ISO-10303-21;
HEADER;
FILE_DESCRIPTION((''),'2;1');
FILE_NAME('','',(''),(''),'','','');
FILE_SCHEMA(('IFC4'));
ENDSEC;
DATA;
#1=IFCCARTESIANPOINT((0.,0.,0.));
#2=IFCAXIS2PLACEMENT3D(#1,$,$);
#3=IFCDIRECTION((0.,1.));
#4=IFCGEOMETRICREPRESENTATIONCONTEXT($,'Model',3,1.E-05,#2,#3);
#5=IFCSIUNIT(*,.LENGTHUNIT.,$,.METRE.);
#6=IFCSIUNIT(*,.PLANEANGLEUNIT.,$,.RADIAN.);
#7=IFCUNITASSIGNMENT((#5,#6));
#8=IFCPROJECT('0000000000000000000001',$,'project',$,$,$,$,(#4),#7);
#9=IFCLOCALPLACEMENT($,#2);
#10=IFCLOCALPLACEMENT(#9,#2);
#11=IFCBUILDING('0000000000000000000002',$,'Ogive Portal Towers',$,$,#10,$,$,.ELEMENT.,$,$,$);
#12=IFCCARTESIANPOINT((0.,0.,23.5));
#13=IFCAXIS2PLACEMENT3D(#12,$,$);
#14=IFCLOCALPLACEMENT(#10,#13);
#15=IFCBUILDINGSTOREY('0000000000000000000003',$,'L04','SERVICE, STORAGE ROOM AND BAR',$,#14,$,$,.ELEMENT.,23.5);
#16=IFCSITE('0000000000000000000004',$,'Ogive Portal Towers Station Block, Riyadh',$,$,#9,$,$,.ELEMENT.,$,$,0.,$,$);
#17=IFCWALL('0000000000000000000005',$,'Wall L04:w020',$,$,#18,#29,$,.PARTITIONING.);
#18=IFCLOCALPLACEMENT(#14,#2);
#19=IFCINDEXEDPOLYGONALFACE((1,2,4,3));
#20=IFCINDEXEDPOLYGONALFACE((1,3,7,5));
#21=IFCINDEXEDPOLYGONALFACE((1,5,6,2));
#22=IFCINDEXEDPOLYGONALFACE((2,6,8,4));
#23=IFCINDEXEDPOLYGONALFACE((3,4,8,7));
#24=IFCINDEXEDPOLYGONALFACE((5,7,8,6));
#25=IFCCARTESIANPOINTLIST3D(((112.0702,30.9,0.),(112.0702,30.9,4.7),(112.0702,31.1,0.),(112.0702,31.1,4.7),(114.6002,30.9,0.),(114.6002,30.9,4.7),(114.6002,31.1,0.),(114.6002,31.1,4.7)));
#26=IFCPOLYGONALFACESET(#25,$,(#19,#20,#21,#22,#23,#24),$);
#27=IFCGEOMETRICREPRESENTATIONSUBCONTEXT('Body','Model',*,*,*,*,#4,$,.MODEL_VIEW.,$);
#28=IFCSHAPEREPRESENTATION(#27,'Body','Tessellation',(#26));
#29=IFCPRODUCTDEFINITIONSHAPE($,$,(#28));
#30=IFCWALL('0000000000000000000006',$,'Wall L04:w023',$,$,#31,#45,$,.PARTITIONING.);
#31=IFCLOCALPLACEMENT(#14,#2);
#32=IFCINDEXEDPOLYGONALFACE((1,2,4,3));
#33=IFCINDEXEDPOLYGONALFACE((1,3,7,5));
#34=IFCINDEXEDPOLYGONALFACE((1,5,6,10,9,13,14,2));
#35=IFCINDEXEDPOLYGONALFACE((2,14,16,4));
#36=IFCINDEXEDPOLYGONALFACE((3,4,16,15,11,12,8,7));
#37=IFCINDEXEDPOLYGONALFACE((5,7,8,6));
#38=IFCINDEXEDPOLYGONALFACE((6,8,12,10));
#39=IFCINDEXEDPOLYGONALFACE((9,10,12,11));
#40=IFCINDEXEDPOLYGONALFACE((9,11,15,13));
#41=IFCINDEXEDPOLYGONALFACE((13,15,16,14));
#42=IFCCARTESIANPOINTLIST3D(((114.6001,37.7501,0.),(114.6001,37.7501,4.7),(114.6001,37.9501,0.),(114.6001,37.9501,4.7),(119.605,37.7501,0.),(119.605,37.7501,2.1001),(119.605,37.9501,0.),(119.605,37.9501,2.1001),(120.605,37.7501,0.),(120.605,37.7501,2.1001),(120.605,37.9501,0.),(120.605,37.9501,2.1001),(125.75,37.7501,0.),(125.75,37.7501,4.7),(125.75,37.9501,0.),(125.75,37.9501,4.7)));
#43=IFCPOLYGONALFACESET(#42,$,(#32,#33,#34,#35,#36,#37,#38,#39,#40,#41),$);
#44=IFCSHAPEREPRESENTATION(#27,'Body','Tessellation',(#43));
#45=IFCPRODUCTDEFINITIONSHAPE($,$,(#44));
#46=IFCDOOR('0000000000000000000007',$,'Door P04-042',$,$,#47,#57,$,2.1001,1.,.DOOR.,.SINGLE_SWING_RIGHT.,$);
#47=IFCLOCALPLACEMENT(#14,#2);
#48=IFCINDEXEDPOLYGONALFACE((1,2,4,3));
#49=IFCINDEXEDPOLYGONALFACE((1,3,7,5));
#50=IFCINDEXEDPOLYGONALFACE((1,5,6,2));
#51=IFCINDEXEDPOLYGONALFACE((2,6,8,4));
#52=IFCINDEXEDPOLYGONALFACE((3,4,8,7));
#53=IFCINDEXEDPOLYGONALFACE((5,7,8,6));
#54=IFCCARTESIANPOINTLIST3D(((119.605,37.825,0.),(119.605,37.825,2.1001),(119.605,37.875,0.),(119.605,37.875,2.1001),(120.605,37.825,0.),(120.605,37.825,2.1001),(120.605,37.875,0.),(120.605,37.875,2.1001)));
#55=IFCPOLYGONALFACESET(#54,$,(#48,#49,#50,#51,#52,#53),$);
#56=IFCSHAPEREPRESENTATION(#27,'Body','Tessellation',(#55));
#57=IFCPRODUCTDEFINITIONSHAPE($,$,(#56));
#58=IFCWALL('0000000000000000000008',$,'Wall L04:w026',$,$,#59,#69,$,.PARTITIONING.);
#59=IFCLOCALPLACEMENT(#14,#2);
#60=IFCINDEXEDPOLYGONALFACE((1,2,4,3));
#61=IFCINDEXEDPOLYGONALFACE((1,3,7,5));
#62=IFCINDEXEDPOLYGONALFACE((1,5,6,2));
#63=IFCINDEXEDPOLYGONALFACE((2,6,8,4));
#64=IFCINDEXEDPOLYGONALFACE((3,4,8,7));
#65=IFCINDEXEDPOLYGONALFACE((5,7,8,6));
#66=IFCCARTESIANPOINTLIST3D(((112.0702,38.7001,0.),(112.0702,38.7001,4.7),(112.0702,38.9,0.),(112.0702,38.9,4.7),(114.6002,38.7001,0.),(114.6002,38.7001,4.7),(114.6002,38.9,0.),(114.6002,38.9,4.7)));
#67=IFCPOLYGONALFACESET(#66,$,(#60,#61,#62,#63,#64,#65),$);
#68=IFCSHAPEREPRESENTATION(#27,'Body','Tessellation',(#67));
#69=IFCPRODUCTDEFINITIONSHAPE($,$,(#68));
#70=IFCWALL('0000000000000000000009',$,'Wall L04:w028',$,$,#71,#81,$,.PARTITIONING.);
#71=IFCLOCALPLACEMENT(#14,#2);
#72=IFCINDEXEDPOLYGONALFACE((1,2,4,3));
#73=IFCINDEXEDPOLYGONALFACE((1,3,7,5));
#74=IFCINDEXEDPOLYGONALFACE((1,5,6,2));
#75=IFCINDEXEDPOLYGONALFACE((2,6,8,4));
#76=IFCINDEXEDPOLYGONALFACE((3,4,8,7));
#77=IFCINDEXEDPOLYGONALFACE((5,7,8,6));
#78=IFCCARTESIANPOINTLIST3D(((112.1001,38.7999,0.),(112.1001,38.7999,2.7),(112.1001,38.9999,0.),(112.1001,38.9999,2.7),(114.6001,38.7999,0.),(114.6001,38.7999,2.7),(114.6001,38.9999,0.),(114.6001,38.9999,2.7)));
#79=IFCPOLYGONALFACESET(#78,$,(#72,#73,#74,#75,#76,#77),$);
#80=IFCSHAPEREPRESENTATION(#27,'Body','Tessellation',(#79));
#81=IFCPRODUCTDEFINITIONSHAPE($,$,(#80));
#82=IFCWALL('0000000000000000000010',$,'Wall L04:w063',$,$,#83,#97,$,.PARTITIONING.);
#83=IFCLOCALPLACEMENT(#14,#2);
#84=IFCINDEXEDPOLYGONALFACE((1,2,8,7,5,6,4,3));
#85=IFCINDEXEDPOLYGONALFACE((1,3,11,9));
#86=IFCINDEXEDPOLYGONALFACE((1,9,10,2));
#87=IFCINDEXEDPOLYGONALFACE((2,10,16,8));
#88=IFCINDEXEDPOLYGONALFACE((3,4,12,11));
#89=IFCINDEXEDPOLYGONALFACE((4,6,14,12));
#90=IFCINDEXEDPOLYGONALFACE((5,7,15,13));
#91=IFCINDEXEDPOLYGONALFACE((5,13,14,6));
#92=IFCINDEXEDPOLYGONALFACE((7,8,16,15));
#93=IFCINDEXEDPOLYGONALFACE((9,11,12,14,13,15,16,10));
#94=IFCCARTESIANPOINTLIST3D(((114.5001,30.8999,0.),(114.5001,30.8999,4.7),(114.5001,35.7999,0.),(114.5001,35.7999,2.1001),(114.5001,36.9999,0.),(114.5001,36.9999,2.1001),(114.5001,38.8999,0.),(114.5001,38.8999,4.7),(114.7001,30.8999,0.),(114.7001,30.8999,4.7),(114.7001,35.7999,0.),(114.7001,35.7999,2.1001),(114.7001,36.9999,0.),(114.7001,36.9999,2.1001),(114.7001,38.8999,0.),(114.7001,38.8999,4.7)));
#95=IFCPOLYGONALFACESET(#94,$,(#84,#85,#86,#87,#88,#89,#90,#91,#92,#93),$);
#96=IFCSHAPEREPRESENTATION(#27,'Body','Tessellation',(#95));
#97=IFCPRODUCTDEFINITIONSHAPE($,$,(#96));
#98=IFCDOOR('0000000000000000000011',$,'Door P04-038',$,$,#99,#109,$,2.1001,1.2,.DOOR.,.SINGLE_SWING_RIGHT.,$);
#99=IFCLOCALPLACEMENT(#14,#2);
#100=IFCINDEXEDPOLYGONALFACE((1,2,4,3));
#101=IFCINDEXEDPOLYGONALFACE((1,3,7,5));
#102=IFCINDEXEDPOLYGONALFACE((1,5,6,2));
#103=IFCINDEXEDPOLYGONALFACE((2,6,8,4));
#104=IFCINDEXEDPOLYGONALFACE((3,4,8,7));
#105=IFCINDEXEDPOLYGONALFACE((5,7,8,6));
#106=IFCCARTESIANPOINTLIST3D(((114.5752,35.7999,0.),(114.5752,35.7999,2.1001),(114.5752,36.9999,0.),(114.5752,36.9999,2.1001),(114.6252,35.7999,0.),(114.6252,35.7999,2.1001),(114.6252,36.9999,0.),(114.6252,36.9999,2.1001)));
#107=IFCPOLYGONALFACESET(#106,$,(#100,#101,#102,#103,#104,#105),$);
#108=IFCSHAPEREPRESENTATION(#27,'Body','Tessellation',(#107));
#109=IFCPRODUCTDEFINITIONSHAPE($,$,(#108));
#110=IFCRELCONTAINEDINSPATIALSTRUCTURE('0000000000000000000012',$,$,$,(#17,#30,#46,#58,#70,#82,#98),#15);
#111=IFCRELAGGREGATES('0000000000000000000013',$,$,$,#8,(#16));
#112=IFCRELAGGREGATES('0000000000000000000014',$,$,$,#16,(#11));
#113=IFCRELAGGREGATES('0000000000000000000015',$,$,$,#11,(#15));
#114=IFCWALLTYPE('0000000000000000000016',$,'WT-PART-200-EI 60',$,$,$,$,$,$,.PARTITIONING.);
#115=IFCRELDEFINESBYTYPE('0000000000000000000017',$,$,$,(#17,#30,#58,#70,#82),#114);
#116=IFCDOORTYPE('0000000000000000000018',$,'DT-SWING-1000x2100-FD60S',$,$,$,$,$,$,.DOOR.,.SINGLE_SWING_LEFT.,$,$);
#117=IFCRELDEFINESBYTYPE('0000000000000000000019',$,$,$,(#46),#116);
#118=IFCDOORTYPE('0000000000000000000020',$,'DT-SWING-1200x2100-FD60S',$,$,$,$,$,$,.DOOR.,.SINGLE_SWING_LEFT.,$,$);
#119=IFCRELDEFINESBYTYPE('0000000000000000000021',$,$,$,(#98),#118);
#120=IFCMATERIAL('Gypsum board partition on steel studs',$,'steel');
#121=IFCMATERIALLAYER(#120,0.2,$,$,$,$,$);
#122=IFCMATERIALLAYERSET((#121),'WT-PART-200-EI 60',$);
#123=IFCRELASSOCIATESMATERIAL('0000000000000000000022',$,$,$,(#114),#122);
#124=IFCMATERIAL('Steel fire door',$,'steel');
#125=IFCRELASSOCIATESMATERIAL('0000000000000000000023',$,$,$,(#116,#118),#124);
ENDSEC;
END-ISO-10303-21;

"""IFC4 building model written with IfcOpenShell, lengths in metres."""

from ifc_helpers import new_model, si_unit, direction, frame, frame_2d, origin, place, context, subcontext, project, spatial, rectangle, extrude, material, layer, layer_set, type_object, element, fill, save


model = new_model("IFC4")

# Units and contexts
model_context = context("Model", 3, precision=1e-05, world=origin(), true_north=direction((0.0, 1.0)))
body_context = subcontext(model_context, "Body", "Model", "MODEL_VIEW")
ifc_project = project(units=[si_unit("LENGTHUNIT", "METRE"), si_unit("PLANEANGLEUNIT", "RADIAN")], contexts=[model_context])

# Site, building, storey
site_placement = place(None, origin())
site = spatial("IfcSite", under=ifc_project, at=site_placement, Name="Ogive Portal Towers Station Block, Riyadh", CompositionType="ELEMENT", RefElevation=0.0)
building_placement = place(site_placement, origin())
building = spatial("IfcBuilding", under=site, at=building_placement, Name="Ogive Portal Towers", CompositionType="ELEMENT")
storey_placement = place(building_placement, frame((0.0, 0.0, 23.5)))
storey = spatial("IfcBuildingStorey", under=building, at=storey_placement, Name="L04", Description="SERVICE, STORAGE ROOM AND BAR", CompositionType="ELEMENT", Elevation=23.5)

# Shared definitions
ifc_material_1 = material(Name="Steel fire door", Category="steel")

# Wall
ifc_material_2 = material(Name="Gypsum board partition on steel studs", Category="steel")
ifc_layer_1 = layer(ifc_material_2, 0.2)
ifc_layer_set_1 = layer_set([ifc_layer_1], Name="WT-PART-200-EI 60")
wall_type_1 = type_object("IfcWallType", Name="WT-PART-200-EI 60", PredefinedType="PARTITIONING", material=ifc_layer_set_1)
wall_1_placement = place(storey_placement, frame((112.0701, 31.0, 0.0), z_axis=(0.0, 0.0, 1.0), x_axis=(1.0, 0.0, 0.0)))
element("IfcWall", 1, at=wall_1_placement, inside=storey, type_object=wall_type_1, Name="Wall L04:w020", PredefinedType="PARTITIONING", context=body_context, shape_type="SweptSolid", body=[
    extrude(rectangle(XDim=2.53, YDim=0.2, at=frame_2d((1.2651, 0.0))), origin(), (0.0, 0.0, 1.0), 4.7),
])

# Wall, opening, door
wall_2_placement = place(storey_placement, frame((114.6001, 37.8501, 0.0), z_axis=(0.0, 0.0, 1.0), x_axis=(1.0, 0.0, 0.0)))
wall_2 = element("IfcWall", 2, at=wall_2_placement, inside=storey, type_object=wall_type_1, Name="Wall L04:w023", PredefinedType="PARTITIONING", context=body_context, shape_type="SweptSolid", body=[
    extrude(rectangle(XDim=11.1499, YDim=0.2, at=frame_2d((5.575, 0.0))), origin(), (0.0, 0.0, 1.0), 4.7),
])
opening_1_placement = place(wall_2_placement, frame((5.0049, 0.0, 0.0)))
opening_1 = element("IfcOpeningElement", 3, at=opening_1_placement, cuts=wall_2, PredefinedType="OPENING", context=body_context, shape_type="SweptSolid", body=[
    extrude(rectangle(XDim=1.0, YDim=2.1001, at=frame_2d((0.5, 1.05))), frame((0.0, 0.1099, 0.0), z_axis=(0.0, -1.0, 0.0), x_axis=(1.0, 0.0, 0.0)), (0.0, 0.0, 1.0), 0.22),
])
door_type_1 = type_object("IfcDoorType", Name="DT-SWING-1000x2100-FD60S", OperationType="SINGLE_SWING_LEFT", PredefinedType="DOOR", material=ifc_material_1)
door_1_placement = place(opening_1_placement, origin())
door_1 = element("IfcDoor", 4, at=door_1_placement, inside=storey, type_object=door_type_1, Name="Door P04-042", OperationType="SINGLE_SWING_RIGHT", OverallHeight=2.1001, OverallWidth=1.0, PredefinedType="DOOR", context=body_context, shape_type="SweptSolid", body=[
    extrude(rectangle(XDim=1.0, YDim=2.1001, at=frame_2d((0.5, 1.05))), frame((0.0, 0.0249, 0.0), z_axis=(0.0, -1.0, 0.0), x_axis=(1.0, 0.0, 0.0)), (0.0, 0.0, 1.0), 0.05),
])
fill(opening_1, door_1)

# Walls
wall_3_placement = place(storey_placement, frame((112.0701, 38.8, 0.0), z_axis=(0.0, 0.0, 1.0), x_axis=(1.0, 0.0, 0.0)))
element("IfcWall", 5, at=wall_3_placement, inside=storey, type_object=wall_type_1, Name="Wall L04:w026", PredefinedType="PARTITIONING", context=body_context, shape_type="SweptSolid", body=[
    extrude(rectangle(XDim=2.53, YDim=0.2, at=frame_2d((1.2651, 0.0))), origin(), (0.0, 0.0, 1.0), 4.7),
])
wall_4_placement = place(storey_placement, frame((112.1001, 38.8999, 0.0), z_axis=(0.0, 0.0, 1.0), x_axis=(1.0, 0.0, 0.0)))
element("IfcWall", 6, at=wall_4_placement, inside=storey, type_object=wall_type_1, Name="Wall L04:w028", PredefinedType="PARTITIONING", context=body_context, shape_type="SweptSolid", body=[
    extrude(rectangle(XDim=2.5, YDim=0.2, at=frame_2d((1.25, 0.0))), origin(), (0.0, 0.0, 1.0), 2.7),
])

# Wall, opening, door
wall_5_placement = place(storey_placement, frame((114.6001, 30.8999, 0.0), z_axis=(0.0, 0.0, 1.0), x_axis=(0.0, 1.0, 0.0)))
wall_5 = element("IfcWall", 7, at=wall_5_placement, inside=storey, type_object=wall_type_1, Name="Wall L04:w063", PredefinedType="PARTITIONING", context=body_context, shape_type="SweptSolid", body=[
    extrude(rectangle(XDim=8.0, YDim=0.2, at=frame_2d((4.0, 0.0))), origin(), (0.0, 0.0, 1.0), 4.7),
])
opening_2_placement = place(wall_5_placement, frame((4.8999, 0.0, 0.0)))
opening_2 = element("IfcOpeningElement", 8, at=opening_2_placement, cuts=wall_5, PredefinedType="OPENING", context=body_context, shape_type="SweptSolid", body=[
    extrude(rectangle(XDim=1.2, YDim=2.1001, at=frame_2d((0.6001, 1.05))), frame((0.0, 0.1099, 0.0), z_axis=(0.0, -1.0, 0.0), x_axis=(1.0, 0.0, 0.0)), (0.0, 0.0, 1.0), 0.22),
])
door_type_2 = type_object("IfcDoorType", Name="DT-SWING-1200x2100-FD60S", OperationType="SINGLE_SWING_LEFT", PredefinedType="DOOR", material=ifc_material_1)
door_2_placement = place(opening_2_placement, origin())
door_2 = element("IfcDoor", 9, at=door_2_placement, inside=storey, type_object=door_type_2, Name="Door P04-038", OperationType="SINGLE_SWING_RIGHT", OverallHeight=2.1001, OverallWidth=1.2, PredefinedType="DOOR", context=body_context, shape_type="SweptSolid", body=[
    extrude(rectangle(XDim=1.2, YDim=2.1001, at=frame_2d((0.6001, 1.05))), frame((0.0, 0.0249, 0.0), z_axis=(0.0, -1.0, 0.0), x_axis=(1.0, 0.0, 0.0)), (0.0, 0.0, 1.0), 0.05),
])
fill(opening_2, door_2)

save(model, "model.ifc")
